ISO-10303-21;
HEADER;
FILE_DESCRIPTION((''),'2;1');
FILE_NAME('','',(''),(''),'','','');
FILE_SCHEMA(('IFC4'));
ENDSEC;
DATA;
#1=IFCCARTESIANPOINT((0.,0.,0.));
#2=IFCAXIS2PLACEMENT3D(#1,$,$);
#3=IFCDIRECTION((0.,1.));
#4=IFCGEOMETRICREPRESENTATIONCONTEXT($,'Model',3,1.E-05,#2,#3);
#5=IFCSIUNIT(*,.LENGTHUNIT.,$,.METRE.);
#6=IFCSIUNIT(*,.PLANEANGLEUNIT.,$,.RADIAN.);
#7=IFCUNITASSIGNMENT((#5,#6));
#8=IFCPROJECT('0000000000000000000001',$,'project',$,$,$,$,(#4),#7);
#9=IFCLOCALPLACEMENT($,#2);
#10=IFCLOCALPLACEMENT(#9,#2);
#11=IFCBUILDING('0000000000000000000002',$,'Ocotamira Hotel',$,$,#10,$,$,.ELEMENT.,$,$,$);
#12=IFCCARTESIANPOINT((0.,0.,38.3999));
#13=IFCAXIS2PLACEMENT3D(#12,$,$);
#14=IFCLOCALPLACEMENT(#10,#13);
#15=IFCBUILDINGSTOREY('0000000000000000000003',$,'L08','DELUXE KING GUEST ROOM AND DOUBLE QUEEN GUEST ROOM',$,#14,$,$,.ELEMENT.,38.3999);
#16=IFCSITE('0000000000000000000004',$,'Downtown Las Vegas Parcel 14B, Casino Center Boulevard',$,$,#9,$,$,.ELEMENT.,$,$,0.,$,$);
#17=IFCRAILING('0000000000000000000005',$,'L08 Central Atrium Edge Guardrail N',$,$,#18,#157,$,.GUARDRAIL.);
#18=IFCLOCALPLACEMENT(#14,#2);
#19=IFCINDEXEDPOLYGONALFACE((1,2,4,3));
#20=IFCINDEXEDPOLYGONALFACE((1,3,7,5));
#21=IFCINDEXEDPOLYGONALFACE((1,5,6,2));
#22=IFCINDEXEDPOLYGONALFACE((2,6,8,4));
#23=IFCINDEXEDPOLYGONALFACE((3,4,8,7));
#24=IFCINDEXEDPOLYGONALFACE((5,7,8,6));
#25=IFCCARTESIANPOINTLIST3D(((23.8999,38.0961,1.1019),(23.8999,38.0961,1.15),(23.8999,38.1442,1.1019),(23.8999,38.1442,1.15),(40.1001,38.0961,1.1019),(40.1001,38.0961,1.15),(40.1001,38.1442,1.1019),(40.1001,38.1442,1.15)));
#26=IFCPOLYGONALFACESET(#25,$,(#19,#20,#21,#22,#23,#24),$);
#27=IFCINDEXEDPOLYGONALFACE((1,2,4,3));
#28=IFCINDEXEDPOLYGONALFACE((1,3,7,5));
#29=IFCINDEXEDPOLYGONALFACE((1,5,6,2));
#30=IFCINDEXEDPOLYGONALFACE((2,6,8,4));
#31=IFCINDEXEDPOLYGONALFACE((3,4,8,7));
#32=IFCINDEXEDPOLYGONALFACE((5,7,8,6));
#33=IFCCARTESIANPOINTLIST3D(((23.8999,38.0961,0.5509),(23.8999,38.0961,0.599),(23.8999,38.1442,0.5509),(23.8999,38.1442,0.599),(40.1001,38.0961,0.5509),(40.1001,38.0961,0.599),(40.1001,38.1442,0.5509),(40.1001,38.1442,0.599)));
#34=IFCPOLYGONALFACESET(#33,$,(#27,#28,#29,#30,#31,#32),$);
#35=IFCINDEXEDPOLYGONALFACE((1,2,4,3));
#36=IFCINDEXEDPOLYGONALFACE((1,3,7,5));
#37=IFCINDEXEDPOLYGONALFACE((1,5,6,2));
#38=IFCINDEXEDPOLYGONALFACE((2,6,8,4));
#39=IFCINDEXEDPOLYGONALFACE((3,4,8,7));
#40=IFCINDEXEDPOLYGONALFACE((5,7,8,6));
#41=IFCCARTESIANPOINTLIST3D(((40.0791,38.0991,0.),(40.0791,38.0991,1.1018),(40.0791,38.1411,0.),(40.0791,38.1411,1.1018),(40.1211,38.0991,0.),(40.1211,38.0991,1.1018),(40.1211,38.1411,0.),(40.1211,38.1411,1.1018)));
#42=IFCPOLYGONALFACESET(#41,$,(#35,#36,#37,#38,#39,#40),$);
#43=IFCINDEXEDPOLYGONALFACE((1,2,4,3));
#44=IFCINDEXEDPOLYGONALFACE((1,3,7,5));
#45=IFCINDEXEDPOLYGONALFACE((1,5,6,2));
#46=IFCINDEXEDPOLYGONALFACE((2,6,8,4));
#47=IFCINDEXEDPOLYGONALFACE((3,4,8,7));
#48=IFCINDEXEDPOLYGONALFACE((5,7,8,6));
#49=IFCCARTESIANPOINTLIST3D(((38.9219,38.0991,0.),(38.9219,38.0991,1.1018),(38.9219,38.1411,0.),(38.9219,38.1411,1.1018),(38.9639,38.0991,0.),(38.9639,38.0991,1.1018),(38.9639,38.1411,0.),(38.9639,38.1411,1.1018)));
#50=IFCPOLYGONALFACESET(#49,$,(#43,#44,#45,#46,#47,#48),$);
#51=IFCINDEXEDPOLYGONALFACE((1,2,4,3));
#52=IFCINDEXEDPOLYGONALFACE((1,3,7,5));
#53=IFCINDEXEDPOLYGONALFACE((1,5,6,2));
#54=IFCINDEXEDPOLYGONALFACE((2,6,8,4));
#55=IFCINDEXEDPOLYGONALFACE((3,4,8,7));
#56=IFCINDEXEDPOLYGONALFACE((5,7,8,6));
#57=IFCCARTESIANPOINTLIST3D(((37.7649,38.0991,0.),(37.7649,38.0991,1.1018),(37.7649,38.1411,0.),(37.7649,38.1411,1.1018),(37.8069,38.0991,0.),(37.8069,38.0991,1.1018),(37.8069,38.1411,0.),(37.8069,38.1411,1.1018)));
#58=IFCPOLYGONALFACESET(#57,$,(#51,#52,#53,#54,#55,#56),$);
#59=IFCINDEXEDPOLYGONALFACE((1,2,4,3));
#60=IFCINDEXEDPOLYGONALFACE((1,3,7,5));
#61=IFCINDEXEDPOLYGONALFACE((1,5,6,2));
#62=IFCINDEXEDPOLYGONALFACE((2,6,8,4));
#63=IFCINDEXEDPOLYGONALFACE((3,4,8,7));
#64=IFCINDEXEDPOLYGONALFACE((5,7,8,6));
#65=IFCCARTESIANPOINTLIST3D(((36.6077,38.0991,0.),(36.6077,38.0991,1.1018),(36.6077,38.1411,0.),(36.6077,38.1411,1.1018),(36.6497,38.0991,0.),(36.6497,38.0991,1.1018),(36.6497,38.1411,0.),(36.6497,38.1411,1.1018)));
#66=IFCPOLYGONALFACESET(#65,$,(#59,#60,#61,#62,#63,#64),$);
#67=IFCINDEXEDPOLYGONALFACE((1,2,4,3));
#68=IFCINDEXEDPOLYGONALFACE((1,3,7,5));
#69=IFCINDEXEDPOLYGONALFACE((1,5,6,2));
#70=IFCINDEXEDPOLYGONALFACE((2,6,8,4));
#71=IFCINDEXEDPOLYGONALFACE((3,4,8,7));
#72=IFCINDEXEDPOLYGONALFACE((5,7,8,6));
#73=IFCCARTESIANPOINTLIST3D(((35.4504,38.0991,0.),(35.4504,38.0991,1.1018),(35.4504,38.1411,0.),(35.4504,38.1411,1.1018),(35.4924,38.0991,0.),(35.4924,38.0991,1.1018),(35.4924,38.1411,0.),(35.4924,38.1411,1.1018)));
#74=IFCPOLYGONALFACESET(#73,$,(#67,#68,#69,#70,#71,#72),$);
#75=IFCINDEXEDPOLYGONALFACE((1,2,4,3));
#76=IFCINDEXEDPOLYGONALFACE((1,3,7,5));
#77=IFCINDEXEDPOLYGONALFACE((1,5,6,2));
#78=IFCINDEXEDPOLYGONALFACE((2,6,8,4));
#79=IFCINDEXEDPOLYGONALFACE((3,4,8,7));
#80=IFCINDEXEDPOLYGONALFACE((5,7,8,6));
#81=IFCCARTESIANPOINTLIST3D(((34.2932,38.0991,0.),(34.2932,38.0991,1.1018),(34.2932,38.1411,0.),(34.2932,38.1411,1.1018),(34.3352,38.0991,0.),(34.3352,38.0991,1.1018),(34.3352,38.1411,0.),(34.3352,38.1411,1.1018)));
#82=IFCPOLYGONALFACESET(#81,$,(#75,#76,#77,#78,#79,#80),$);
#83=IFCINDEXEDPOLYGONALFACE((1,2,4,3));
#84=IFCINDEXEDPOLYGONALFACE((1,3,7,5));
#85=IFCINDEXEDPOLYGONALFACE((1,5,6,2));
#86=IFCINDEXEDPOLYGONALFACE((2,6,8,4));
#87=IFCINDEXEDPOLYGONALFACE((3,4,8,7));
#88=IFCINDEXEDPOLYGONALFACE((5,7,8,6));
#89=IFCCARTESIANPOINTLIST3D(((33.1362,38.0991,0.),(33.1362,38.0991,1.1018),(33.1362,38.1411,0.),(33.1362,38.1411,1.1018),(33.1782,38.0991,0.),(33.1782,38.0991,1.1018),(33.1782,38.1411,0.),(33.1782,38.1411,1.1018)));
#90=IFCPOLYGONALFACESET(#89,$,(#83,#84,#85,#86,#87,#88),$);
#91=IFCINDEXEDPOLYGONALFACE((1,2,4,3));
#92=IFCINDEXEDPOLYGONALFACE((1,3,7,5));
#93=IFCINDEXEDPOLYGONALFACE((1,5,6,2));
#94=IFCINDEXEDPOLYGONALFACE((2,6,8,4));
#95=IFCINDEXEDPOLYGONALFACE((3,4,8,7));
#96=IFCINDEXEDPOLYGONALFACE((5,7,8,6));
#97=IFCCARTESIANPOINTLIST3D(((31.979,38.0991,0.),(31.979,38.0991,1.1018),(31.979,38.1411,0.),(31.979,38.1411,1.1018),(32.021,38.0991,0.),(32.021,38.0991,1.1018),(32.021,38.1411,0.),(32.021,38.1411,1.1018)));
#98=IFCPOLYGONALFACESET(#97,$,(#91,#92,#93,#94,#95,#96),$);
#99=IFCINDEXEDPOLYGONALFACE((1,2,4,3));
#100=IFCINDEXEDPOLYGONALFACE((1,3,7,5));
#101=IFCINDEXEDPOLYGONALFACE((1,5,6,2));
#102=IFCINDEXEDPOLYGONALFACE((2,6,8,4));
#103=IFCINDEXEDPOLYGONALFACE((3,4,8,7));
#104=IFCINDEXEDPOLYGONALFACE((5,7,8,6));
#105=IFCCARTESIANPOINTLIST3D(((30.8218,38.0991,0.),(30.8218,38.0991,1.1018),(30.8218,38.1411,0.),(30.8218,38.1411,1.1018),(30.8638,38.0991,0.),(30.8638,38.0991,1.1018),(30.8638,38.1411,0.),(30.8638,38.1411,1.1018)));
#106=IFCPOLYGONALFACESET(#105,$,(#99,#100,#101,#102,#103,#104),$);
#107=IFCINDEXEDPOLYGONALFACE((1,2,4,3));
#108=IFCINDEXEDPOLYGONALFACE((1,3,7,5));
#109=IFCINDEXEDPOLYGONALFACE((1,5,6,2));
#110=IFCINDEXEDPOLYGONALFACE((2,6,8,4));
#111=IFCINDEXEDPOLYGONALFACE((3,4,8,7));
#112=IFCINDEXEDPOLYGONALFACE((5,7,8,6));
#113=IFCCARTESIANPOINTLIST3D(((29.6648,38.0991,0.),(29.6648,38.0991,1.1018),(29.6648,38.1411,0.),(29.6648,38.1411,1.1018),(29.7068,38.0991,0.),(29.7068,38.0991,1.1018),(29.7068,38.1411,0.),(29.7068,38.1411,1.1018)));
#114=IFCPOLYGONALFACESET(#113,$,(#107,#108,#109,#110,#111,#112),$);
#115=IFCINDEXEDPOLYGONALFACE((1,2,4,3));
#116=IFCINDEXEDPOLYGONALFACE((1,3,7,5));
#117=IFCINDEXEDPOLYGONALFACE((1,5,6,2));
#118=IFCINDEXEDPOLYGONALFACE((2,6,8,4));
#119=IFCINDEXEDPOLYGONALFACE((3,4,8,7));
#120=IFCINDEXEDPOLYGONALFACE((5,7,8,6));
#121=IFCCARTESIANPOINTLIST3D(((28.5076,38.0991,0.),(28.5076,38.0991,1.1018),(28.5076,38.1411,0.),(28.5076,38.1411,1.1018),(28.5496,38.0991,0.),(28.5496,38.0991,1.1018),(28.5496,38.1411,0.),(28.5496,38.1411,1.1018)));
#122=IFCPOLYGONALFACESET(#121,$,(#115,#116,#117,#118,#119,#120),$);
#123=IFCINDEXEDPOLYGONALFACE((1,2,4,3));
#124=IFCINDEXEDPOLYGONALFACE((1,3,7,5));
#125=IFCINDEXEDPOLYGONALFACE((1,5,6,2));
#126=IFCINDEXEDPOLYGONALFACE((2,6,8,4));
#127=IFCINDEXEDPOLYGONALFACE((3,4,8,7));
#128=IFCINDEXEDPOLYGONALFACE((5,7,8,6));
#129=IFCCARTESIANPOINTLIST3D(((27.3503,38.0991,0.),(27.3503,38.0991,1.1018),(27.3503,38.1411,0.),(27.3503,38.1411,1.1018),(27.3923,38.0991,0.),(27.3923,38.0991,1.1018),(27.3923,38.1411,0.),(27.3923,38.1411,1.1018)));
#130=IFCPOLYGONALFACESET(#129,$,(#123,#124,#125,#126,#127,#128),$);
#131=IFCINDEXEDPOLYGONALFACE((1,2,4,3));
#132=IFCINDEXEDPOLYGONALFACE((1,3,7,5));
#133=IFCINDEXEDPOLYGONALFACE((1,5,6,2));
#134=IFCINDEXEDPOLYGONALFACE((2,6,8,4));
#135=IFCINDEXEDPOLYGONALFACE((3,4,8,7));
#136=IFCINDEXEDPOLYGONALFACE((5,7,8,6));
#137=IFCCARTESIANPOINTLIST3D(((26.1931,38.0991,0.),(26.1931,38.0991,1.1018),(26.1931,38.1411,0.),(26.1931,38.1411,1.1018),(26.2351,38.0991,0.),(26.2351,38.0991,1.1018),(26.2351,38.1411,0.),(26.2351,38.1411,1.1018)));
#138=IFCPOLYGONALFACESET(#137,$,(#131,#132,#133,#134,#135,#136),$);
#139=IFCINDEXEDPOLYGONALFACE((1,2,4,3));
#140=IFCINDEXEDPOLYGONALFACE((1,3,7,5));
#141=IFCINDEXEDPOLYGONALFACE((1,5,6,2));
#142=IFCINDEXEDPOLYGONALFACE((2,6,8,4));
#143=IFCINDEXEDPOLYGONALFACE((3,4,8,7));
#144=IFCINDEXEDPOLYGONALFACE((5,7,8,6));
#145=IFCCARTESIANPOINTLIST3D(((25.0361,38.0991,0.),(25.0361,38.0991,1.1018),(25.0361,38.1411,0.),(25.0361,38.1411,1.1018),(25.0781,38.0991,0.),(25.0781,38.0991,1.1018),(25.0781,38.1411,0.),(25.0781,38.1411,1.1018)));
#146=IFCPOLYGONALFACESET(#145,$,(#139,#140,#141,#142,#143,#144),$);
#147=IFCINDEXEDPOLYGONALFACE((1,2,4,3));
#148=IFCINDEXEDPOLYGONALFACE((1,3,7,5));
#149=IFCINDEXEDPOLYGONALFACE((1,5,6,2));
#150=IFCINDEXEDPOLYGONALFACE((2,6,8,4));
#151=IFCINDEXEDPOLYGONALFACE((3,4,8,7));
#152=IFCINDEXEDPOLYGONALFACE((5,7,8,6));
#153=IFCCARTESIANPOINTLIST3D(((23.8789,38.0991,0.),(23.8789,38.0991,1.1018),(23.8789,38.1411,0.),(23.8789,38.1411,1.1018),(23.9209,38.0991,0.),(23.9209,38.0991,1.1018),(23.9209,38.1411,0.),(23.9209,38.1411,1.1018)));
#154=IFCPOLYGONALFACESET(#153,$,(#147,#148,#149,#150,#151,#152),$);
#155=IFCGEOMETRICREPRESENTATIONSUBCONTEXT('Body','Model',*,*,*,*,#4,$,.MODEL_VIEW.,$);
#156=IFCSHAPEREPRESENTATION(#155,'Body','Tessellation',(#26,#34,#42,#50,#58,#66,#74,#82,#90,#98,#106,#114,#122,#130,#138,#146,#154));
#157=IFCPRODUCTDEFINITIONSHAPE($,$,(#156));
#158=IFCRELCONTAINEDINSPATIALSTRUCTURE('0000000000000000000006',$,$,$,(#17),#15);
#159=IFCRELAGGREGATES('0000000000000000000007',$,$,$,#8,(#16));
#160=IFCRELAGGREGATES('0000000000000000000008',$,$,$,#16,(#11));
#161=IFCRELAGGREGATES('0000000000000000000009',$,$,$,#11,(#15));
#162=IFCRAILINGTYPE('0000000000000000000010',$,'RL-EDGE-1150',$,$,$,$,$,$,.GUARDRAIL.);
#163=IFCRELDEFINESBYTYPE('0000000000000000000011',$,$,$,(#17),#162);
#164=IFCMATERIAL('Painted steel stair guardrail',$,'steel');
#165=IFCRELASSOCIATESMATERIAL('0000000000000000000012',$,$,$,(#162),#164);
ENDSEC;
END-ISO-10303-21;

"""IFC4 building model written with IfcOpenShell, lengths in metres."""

from ifc_helpers import new_model, si_unit, direction, frame, origin, origin_2d, place, context, subcontext, project, spatial, rectangle, extrude, material, type_object, element, save


model = new_model("IFC4")

# Units and contexts
model_context = context("Model", 3, precision=1e-05, world=origin(), true_north=direction((0.0, 1.0)))
body_context = subcontext(model_context, "Body", "Model", "MODEL_VIEW")
ifc_project = project(units=[si_unit("LENGTHUNIT", "METRE"), si_unit("PLANEANGLEUNIT", "RADIAN")], contexts=[model_context])

# Site, building, storey
site_placement = place(None, origin())
site = spatial("IfcSite", under=ifc_project, at=site_placement, Name="Downtown Las Vegas Parcel 14B, Casino Center Boulevard", CompositionType="ELEMENT", RefElevation=0.0)
building_placement = place(site_placement, origin())
building = spatial("IfcBuilding", under=site, at=building_placement, Name="Ocotamira Hotel", CompositionType="ELEMENT")
storey_placement = place(building_placement, frame((0.0, 0.0, 38.3999)))
storey = spatial("IfcBuildingStorey", under=building, at=storey_placement, Name="L08", Description="DELUXE KING GUEST ROOM AND DOUBLE QUEEN GUEST ROOM", CompositionType="ELEMENT", Elevation=38.3999)

# Railing
ifc_material_1 = material(Name="Painted steel stair guardrail", Category="steel")
railing_type = type_object("IfcRailingType", Name="RL-EDGE-1150", PredefinedType="GUARDRAIL", material=ifc_material_1)
railing_placement = place(storey_placement, frame((40.1001, 38.1201, 0.0)))
element("IfcRailing", 1, at=railing_placement, inside=storey, type_object=railing_type, Name="L08 Central Atrium Edge Guardrail N", PredefinedType="GUARDRAIL", context=body_context, shape_type="SweptSolid", body=[
    extrude(rectangle(XDim=0.0481, YDim=0.0481, at=origin_2d()), frame((0.0, 0.0, 1.126), z_axis=(-1.0, 0.0, 0.0), x_axis=(0.0, -1.0, 0.0)), (0.0, 0.0, 1.0), 16.2002),
    extrude(rectangle(XDim=0.0481, YDim=0.0481, at=origin_2d()), frame((0.0, 0.0, 0.575), z_axis=(-1.0, 0.0, 0.0), x_axis=(0.0, -1.0, 0.0)), (0.0, 0.0, 1.0), 16.2002),
    extrude(rectangle(XDim=0.042, YDim=0.042, at=origin_2d()), origin(), (0.0, 0.0, 1.0), 1.1018),
    extrude(rectangle(XDim=0.042, YDim=0.042, at=origin_2d()), frame((-1.1572, 0.0, 0.0)), (0.0, 0.0, 1.0), 1.1018),
    extrude(rectangle(XDim=0.042, YDim=0.042, at=origin_2d()), frame((-2.3142, 0.0, 0.0)), (0.0, 0.0, 1.0), 1.1018),
    extrude(rectangle(XDim=0.042, YDim=0.042, at=origin_2d()), frame((-3.4714, 0.0, 0.0)), (0.0, 0.0, 1.0), 1.1018),
    extrude(rectangle(XDim=0.042, YDim=0.042, at=origin_2d()), frame((-4.6287, 0.0, 0.0)), (0.0, 0.0, 1.0), 1.1018),
    extrude(rectangle(XDim=0.042, YDim=0.042, at=origin_2d()), frame((-5.7859, 0.0, 0.0)), (0.0, 0.0, 1.0), 1.1018),
    extrude(rectangle(XDim=0.042, YDim=0.042, at=origin_2d()), frame((-6.9429, 0.0, 0.0)), (0.0, 0.0, 1.0), 1.1018),
    extrude(rectangle(XDim=0.042, YDim=0.042, at=origin_2d()), frame((-8.1001, 0.0, 0.0)), (0.0, 0.0, 1.0), 1.1018),
    extrude(rectangle(XDim=0.042, YDim=0.042, at=origin_2d()), frame((-9.2573, 0.0, 0.0)), (0.0, 0.0, 1.0), 1.1018),
    extrude(rectangle(XDim=0.042, YDim=0.042, at=origin_2d()), frame((-10.4143, 0.0, 0.0)), (0.0, 0.0, 1.0), 1.1018),
    extrude(rectangle(XDim=0.042, YDim=0.042, at=origin_2d()), frame((-11.5715, 0.0, 0.0)), (0.0, 0.0, 1.0), 1.1018),
    extrude(rectangle(XDim=0.042, YDim=0.042, at=origin_2d()), frame((-12.7288, 0.0, 0.0)), (0.0, 0.0, 1.0), 1.1018),
    extrude(rectangle(XDim=0.042, YDim=0.042, at=origin_2d()), frame((-13.886, 0.0, 0.0)), (0.0, 0.0, 1.0), 1.1018),
    extrude(rectangle(XDim=0.042, YDim=0.042, at=origin_2d()), frame((-15.043, 0.0, 0.0)), (0.0, 0.0, 1.0), 1.1018),
    extrude(rectangle(XDim=0.042, YDim=0.042, at=origin_2d()), frame((-16.2002, 0.0, 0.0)), (0.0, 0.0, 1.0), 1.1018),
])

save(model, "model.ifc")
